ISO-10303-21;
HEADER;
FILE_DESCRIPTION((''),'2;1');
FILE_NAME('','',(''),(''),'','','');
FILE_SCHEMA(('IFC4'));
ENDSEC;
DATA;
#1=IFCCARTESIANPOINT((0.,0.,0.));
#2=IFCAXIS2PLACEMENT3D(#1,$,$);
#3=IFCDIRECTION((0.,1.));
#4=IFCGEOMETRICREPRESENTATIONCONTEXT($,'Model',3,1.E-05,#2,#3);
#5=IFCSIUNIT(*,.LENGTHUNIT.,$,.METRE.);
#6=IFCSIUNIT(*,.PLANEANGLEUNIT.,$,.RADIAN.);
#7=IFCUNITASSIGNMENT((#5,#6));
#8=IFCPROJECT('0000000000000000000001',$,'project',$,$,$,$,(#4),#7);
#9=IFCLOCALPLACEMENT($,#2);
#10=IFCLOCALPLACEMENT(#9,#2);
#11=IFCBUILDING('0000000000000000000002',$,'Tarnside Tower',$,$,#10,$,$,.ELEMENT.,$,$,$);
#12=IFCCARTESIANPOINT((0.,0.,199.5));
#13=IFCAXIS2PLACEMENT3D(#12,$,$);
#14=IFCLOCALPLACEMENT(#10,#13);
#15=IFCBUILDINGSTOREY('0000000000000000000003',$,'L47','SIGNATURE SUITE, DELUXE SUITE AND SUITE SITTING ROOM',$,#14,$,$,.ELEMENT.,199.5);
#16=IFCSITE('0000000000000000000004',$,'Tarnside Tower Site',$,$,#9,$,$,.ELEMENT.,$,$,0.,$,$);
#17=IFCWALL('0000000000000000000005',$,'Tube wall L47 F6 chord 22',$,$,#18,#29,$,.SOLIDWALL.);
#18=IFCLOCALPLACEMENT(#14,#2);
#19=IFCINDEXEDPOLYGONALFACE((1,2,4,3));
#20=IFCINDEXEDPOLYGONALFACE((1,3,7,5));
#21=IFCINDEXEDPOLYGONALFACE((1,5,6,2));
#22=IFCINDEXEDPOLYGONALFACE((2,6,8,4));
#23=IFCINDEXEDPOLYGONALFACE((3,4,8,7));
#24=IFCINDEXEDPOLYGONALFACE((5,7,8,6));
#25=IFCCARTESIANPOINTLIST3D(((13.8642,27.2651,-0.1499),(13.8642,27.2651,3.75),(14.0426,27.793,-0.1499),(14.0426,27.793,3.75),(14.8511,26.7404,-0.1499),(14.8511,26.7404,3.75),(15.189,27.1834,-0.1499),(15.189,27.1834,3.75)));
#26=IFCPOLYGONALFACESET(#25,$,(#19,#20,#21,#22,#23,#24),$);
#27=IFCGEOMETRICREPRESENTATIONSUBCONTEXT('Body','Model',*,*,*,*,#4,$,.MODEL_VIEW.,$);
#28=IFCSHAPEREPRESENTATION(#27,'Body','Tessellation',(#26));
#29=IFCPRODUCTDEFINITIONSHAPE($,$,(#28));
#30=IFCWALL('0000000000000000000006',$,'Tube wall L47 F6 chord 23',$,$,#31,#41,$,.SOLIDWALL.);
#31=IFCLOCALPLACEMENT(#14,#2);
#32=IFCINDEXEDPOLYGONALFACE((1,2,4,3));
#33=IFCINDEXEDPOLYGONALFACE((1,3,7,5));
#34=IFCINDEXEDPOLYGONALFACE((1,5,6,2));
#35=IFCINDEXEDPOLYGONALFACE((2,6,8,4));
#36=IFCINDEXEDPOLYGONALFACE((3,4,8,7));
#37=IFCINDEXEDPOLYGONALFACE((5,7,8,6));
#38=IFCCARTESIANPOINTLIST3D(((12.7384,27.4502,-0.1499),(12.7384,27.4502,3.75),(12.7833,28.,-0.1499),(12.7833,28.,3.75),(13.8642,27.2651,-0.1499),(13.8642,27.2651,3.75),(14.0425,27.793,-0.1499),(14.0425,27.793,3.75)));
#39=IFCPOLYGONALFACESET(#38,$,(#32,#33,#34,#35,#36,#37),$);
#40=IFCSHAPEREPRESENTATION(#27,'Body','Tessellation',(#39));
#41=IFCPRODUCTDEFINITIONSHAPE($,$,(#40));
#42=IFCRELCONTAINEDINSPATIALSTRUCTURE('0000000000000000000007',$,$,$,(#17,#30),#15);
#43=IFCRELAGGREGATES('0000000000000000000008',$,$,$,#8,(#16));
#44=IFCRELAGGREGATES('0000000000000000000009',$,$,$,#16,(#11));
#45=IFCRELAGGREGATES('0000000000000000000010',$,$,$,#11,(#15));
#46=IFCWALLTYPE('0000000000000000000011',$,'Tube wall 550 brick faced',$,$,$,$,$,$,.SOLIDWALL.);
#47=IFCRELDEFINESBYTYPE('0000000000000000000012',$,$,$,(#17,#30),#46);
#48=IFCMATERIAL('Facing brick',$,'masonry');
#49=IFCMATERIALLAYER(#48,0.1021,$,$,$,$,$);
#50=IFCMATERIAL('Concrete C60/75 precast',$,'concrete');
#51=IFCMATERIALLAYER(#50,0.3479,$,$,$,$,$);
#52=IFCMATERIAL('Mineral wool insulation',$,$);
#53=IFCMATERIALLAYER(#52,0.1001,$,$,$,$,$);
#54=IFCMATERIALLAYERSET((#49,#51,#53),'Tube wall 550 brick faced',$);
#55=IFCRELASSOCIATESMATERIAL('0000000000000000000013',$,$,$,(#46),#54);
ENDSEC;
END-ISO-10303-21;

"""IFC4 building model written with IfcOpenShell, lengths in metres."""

from ifc_helpers import new_model, si_unit, direction, frame, origin, place, context, subcontext, project, spatial, polyline, outline, extrude, material, layer, layer_set, type_object, element, save


model = new_model("IFC4")

# Units and contexts
model_context = context("Model", 3, precision=1e-05, world=origin(), true_north=direction((0.0, 1.0)))
body_context = subcontext(model_context, "Body", "Model", "MODEL_VIEW")
ifc_project = project(units=[si_unit("LENGTHUNIT", "METRE"), si_unit("PLANEANGLEUNIT", "RADIAN")], contexts=[model_context])

# Site, building, storey
site_placement = place(None, origin())
site = spatial("IfcSite", under=ifc_project, at=site_placement, Name="Tarnside Tower Site", CompositionType="ELEMENT", RefElevation=0.0)
building_placement = place(site_placement, origin())
building = spatial("IfcBuilding", under=site, at=building_placement, Name="Tarnside Tower", CompositionType="ELEMENT")
storey_placement = place(building_placement, frame((0.0, 0.0, 199.5)))
storey = spatial("IfcBuildingStorey", under=building, at=storey_placement, Name="L47", Description="SIGNATURE SUITE, DELUXE SUITE AND SUITE SITTING ROOM", CompositionType="ELEMENT", Elevation=199.5)

# Shared definitions
ifc_material_1 = material(Name="Facing brick", Category="masonry")
ifc_layer_1 = layer(ifc_material_1, 0.1021)
ifc_material_2 = material(Name="Concrete C60/75 precast", Category="concrete")
ifc_layer_2 = layer(ifc_material_2, 0.3479)
ifc_material_3 = material(Name="Mineral wool insulation")
ifc_layer_3 = layer(ifc_material_3, 0.1001)
ifc_layer_set_1 = layer_set([ifc_layer_1, ifc_layer_2, ifc_layer_3], Name="Tube wall 550 brick faced")
wall_type_1 = type_object("IfcWallType", Name="Tube wall 550 brick faced", PredefinedType="SOLIDWALL", material=ifc_layer_set_1)

# Walls
wall_1_placement = place(storey_placement, frame((15.02, 26.9619, -0.1499), z_axis=(0.0, 0.0, 1.0), x_axis=(-0.882951, 0.469465, 0.0)))
element("IfcWall", 1, at=wall_1_placement, inside=storey, type_object=wall_type_1, Name="Tube wall L47 F6 chord 22", PredefinedType="SOLIDWALL", context=body_context, shape_type="SweptSolid", body=[
    extrude(outline(polyline([(-0.0452, -0.2749), (1.2532, -0.2749), (1.1628, 0.2749), (0.0452, 0.2749), (-0.0452, -0.2749)])), origin(), (0.0, 0.0, 1.0), 3.8999),
])
wall_2_placement = place(storey_placement, frame((13.9534, 27.5291, -0.1499), z_axis=(0.0, 0.0, 1.0), x_axis=(-0.986752, 0.162236, 0.0)))
element("IfcWall", 2, at=wall_2_placement, inside=storey, type_object=wall_type_1, Name="Tube wall L47 F6 chord 23", PredefinedType="SOLIDWALL", context=body_context, shape_type="SweptSolid", body=[
    extrude(outline(polyline([(-0.0452, -0.2749), (1.231, -0.2749), (1.186, 0.2749), (0.0452, 0.2749), (-0.0452, -0.2749)])), origin(), (0.0, 0.0, 1.0), 3.8999),
])

save(model, "model.ifc")
